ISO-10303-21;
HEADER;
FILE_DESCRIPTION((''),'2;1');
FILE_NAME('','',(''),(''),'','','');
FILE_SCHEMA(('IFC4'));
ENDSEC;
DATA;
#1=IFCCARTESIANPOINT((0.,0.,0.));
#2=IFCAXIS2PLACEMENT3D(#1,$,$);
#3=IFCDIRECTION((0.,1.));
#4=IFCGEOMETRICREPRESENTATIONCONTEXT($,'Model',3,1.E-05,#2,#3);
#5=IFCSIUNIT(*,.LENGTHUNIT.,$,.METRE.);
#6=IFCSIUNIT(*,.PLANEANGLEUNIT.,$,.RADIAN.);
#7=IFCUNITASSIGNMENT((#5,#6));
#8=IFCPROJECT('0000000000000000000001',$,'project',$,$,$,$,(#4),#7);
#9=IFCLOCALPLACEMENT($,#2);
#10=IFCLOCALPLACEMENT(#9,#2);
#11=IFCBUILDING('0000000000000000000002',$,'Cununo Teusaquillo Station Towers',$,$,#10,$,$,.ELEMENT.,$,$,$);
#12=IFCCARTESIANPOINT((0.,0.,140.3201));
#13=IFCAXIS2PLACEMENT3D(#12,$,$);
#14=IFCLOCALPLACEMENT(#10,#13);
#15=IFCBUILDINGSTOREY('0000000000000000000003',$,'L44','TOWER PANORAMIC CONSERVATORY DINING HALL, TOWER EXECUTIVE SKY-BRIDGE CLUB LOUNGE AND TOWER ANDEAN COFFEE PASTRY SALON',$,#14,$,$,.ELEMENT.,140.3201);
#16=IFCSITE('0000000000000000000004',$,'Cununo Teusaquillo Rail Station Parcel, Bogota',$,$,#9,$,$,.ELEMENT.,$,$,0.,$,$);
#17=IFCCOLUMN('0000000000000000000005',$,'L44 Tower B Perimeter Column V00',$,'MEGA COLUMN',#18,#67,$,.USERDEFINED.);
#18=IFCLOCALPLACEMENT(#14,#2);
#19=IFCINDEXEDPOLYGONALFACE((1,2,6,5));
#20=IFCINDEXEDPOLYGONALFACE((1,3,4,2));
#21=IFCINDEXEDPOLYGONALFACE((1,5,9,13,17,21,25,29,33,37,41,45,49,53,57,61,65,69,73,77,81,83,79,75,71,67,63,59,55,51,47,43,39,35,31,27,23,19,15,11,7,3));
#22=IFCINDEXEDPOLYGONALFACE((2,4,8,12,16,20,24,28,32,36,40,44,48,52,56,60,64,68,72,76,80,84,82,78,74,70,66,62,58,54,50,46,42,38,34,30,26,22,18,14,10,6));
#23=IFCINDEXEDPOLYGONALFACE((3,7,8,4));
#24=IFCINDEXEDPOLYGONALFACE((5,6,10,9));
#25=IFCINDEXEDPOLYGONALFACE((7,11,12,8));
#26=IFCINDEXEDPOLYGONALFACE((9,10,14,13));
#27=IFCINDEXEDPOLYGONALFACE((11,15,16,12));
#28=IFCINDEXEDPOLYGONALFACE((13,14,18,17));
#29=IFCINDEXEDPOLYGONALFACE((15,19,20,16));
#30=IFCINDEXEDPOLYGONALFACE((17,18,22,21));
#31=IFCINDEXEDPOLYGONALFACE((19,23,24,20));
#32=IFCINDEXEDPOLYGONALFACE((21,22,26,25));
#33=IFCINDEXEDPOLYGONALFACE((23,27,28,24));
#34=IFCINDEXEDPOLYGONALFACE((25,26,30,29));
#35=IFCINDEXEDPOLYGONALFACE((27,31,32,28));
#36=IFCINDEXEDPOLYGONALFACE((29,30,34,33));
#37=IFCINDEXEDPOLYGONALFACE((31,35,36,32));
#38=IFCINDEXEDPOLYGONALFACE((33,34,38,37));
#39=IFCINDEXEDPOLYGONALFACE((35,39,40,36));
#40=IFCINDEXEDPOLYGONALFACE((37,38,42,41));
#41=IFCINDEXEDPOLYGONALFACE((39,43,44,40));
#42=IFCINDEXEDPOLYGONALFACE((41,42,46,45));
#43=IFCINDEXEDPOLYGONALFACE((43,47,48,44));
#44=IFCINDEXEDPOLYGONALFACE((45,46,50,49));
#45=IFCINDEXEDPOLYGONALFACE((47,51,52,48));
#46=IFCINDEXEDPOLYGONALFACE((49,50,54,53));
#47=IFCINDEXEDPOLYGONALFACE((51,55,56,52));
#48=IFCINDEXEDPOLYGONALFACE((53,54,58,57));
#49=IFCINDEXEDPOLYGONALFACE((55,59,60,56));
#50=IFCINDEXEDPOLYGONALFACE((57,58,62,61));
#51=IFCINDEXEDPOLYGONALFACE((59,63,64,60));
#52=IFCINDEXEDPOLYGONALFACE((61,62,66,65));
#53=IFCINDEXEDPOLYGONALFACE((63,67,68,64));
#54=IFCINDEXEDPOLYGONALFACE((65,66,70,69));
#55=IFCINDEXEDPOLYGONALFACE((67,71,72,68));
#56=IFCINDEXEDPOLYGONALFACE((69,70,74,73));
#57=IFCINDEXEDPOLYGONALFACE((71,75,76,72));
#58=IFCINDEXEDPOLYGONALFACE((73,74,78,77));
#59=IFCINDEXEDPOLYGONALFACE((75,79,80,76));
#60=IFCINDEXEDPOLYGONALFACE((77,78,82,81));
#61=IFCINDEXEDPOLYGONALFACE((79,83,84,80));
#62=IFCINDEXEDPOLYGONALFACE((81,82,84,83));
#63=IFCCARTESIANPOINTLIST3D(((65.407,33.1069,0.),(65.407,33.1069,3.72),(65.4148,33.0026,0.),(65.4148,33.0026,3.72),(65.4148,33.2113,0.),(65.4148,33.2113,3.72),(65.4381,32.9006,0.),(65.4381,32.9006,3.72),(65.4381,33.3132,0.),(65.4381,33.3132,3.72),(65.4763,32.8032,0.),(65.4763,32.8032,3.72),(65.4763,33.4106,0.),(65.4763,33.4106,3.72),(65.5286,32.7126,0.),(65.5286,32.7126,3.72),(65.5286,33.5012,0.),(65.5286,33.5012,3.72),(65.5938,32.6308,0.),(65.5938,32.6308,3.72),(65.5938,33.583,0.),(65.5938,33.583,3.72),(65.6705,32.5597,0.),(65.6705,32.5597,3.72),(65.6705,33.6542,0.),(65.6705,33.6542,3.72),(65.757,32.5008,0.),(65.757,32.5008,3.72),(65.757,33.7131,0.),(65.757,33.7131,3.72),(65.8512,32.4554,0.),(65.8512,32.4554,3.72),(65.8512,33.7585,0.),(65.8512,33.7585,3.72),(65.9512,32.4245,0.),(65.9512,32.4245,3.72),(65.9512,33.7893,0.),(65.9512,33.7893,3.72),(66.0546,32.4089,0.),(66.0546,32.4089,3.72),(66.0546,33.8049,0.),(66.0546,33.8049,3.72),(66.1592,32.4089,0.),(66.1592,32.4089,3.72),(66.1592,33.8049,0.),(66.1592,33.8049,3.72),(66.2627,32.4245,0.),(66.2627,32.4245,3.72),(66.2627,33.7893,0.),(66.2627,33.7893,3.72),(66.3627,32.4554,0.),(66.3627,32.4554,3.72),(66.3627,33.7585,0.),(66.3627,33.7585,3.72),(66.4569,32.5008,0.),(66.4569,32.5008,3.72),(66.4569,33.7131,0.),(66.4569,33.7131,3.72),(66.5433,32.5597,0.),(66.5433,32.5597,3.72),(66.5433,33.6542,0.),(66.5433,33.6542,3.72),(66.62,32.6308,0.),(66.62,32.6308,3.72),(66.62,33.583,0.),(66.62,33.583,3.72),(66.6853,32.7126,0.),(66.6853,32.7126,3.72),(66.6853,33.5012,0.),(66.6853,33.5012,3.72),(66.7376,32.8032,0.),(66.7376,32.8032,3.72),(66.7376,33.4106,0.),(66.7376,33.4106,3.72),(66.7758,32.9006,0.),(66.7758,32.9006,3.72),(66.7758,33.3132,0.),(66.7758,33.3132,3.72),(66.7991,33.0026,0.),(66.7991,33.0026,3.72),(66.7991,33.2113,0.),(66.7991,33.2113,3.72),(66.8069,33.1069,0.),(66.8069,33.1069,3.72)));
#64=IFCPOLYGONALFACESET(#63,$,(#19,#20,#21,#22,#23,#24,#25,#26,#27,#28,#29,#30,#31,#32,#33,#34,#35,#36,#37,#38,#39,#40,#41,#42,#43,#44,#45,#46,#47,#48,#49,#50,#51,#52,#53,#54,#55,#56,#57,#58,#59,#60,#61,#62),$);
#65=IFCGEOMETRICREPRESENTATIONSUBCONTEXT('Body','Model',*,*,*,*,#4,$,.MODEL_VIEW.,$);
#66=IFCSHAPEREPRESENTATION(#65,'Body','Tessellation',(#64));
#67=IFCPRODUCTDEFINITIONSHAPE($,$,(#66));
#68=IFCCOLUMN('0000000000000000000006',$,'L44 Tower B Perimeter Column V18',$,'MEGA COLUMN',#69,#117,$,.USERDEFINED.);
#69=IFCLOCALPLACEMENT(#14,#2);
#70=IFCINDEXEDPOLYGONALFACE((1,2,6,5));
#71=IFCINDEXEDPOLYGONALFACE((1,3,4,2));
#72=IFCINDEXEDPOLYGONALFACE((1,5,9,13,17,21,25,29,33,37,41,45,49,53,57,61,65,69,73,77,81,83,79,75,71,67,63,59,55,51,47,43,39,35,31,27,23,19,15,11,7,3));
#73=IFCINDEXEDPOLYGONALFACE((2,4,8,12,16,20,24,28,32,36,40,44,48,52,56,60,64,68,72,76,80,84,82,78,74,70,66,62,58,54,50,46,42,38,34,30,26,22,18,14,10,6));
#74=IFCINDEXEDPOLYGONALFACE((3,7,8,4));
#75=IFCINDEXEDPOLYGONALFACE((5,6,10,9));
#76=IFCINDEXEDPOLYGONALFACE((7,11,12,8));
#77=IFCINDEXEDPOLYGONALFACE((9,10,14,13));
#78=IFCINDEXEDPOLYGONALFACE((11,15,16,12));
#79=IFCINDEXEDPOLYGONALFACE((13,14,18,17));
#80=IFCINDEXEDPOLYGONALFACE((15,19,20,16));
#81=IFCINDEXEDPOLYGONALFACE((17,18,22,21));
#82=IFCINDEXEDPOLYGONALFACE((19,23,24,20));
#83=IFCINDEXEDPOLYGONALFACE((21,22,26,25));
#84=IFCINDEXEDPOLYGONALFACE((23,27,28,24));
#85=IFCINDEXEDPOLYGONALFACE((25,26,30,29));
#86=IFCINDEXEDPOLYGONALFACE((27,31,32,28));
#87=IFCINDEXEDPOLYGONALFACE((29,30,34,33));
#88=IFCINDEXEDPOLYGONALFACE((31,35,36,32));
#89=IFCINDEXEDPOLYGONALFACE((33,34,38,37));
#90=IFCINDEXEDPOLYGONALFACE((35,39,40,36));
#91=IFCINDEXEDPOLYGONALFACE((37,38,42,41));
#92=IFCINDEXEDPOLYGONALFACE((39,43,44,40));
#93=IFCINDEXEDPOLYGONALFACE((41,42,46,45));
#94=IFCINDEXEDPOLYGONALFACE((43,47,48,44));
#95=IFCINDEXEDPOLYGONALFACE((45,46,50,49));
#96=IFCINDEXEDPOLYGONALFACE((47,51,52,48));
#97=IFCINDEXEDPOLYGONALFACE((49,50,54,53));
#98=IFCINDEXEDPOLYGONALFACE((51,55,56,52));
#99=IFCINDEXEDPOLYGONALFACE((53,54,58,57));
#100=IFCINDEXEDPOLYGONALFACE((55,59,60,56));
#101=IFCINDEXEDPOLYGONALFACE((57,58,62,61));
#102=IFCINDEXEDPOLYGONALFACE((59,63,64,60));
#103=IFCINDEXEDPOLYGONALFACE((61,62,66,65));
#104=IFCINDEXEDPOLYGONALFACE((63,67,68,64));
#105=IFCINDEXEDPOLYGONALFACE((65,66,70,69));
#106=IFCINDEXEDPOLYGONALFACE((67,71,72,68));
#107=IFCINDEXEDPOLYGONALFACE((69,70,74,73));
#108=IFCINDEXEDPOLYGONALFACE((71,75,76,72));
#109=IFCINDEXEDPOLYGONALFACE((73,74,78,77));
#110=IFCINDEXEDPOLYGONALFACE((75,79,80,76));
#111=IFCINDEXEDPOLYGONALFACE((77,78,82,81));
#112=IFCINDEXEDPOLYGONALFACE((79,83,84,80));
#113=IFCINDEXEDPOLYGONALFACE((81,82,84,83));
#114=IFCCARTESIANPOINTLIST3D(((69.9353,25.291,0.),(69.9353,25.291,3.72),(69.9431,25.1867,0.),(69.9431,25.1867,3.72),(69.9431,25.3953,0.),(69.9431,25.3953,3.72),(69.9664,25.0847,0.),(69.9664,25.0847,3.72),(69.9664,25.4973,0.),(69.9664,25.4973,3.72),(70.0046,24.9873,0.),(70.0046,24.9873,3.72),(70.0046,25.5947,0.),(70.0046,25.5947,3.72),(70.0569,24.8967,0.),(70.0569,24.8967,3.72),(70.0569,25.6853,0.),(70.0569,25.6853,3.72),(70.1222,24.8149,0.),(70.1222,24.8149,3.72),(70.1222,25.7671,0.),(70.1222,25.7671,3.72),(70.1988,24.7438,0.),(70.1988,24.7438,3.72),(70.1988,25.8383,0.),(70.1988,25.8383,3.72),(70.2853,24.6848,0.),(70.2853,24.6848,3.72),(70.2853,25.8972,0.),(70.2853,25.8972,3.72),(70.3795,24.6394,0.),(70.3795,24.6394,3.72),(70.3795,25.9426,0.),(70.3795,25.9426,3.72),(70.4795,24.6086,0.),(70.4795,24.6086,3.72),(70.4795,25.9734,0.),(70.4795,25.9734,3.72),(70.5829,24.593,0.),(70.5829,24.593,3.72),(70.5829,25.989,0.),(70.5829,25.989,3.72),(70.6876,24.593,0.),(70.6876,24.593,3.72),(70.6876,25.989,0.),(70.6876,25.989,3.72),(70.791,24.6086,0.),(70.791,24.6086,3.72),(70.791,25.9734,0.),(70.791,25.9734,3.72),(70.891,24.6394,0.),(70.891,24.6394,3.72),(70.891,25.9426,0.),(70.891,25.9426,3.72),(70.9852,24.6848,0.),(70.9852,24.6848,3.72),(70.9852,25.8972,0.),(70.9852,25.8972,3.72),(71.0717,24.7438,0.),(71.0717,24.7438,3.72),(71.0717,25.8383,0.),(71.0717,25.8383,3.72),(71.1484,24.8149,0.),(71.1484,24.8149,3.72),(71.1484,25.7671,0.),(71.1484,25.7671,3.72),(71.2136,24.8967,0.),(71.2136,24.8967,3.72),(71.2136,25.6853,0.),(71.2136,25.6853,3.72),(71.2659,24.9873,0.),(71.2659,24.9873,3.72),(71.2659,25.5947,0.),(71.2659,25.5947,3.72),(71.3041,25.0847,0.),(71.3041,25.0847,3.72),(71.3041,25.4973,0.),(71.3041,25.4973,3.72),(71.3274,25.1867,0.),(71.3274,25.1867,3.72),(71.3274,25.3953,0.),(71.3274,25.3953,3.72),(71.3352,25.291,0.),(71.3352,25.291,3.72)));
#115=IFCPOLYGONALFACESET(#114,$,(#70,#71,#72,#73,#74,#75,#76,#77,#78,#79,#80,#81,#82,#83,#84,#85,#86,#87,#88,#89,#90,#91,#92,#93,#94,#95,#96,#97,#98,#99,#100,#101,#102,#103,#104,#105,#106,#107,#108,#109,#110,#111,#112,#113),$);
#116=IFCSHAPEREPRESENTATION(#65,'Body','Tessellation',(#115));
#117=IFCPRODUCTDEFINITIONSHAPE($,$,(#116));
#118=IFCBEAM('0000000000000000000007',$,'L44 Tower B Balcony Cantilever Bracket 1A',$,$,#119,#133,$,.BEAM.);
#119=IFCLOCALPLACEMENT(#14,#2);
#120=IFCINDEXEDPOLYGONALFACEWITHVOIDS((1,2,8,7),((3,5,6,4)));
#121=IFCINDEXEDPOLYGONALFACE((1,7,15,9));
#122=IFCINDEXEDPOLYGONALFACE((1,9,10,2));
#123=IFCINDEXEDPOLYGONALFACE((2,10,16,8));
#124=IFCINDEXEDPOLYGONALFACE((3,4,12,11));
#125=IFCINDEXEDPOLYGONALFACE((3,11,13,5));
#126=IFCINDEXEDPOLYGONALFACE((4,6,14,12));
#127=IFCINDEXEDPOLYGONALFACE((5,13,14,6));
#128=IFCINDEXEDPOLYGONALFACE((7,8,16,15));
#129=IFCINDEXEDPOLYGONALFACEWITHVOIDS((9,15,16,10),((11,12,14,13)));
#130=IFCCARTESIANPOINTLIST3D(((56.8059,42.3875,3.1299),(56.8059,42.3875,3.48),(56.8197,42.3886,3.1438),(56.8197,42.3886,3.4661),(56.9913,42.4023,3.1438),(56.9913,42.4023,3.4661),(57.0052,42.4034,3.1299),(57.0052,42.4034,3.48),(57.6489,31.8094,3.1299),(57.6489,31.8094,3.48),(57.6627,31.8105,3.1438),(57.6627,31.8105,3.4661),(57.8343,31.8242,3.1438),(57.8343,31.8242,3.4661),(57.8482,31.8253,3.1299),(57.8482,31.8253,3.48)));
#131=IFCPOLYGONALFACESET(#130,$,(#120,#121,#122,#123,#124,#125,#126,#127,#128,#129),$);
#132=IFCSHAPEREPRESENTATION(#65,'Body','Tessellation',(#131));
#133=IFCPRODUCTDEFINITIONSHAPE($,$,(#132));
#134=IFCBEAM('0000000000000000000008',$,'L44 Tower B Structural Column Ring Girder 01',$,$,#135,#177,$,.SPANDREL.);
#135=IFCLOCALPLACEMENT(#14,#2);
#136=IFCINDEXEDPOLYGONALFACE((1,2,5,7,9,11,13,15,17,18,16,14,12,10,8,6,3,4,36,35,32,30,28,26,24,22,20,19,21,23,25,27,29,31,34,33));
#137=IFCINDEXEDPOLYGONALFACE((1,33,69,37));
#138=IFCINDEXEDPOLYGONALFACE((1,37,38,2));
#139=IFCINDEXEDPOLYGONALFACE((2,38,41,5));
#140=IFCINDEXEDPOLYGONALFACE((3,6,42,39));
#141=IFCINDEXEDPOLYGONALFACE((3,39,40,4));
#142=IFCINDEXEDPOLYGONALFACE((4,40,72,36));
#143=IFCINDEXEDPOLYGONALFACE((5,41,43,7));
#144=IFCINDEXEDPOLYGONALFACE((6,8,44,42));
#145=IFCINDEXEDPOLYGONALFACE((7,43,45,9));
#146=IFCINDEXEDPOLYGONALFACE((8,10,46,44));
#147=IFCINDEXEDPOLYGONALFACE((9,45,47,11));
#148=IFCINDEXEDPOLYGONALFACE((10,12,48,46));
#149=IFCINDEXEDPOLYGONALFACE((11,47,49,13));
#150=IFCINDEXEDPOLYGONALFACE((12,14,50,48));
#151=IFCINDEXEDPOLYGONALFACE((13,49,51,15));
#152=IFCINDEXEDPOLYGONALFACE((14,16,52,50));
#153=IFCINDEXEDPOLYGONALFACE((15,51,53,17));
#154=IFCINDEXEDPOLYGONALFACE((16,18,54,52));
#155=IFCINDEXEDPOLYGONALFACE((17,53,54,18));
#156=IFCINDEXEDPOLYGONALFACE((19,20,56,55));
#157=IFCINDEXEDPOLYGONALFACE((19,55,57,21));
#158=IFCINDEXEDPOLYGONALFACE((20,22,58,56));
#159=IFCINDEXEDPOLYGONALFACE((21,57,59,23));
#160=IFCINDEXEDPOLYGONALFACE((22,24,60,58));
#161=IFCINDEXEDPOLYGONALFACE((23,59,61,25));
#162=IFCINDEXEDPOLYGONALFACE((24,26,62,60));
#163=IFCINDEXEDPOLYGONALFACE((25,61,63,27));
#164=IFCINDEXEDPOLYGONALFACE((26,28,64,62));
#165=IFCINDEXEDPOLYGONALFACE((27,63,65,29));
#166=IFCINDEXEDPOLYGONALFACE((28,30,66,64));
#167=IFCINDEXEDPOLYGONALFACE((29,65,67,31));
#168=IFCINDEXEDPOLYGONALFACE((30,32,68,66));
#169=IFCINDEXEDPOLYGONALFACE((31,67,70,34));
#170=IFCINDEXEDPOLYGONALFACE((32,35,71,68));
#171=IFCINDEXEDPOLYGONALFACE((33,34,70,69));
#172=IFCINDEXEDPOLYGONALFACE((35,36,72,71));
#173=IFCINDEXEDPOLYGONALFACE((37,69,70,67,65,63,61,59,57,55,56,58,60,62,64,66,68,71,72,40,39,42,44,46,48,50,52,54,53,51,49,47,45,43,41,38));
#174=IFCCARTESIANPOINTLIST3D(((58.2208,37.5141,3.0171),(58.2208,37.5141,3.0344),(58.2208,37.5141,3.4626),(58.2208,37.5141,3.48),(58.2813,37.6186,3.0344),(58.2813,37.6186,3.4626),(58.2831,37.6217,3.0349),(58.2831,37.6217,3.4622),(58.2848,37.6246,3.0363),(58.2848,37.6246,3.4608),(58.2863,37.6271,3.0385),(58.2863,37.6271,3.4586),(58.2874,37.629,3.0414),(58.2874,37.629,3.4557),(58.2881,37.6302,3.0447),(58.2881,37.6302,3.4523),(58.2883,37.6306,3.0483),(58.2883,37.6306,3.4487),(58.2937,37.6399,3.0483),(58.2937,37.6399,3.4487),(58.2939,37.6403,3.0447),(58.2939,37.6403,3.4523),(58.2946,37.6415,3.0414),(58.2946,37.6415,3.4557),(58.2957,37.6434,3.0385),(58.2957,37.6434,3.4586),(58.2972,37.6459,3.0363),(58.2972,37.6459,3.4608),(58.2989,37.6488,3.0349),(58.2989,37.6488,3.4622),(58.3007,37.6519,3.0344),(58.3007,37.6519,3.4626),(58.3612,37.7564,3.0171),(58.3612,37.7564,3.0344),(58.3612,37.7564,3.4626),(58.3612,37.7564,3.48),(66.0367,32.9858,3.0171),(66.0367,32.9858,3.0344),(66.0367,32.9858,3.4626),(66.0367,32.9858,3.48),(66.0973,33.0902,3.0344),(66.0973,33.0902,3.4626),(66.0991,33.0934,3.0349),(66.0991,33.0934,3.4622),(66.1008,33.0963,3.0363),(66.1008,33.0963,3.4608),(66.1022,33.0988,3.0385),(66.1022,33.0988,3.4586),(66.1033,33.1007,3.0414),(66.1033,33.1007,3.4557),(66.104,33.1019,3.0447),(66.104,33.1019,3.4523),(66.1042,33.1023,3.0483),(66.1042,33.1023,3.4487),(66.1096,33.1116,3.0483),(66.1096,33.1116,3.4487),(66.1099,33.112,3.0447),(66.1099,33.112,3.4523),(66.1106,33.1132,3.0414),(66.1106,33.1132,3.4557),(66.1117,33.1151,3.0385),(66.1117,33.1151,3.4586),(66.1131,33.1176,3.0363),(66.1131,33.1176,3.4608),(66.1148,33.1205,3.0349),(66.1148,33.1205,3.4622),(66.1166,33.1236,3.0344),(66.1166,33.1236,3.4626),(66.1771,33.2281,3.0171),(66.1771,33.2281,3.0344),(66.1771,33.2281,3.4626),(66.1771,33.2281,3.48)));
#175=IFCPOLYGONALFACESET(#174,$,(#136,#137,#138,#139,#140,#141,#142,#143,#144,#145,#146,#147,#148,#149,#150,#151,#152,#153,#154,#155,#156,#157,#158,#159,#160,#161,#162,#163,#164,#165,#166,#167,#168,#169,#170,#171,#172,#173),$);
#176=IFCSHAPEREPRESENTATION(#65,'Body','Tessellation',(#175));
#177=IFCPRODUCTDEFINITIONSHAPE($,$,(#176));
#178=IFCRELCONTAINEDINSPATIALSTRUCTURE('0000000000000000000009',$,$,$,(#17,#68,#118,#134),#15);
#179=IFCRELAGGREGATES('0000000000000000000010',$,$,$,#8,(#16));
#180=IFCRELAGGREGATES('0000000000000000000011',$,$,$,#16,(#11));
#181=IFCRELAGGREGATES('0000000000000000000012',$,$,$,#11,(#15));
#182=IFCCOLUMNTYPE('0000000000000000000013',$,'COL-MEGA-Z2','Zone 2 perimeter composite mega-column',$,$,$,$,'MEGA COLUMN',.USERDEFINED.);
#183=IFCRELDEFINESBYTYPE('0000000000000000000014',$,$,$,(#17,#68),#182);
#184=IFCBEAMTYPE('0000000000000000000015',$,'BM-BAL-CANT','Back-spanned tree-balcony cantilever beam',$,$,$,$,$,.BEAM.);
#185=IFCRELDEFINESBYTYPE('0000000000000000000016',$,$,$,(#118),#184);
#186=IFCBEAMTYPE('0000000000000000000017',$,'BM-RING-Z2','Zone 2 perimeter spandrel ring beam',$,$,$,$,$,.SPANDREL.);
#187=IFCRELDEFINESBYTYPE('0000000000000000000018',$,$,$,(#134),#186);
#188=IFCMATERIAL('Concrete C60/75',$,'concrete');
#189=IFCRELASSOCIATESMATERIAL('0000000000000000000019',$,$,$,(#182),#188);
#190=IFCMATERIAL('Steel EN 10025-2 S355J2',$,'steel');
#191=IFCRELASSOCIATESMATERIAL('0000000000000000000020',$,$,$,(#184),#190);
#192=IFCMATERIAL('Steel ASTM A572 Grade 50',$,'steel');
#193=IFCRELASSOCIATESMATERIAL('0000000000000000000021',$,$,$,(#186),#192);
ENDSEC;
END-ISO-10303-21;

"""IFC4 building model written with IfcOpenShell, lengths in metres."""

from ifc_helpers import new_model, si_unit, direction, frame, origin, origin_2d, place, context, subcontext, project, spatial, hollow_rectangle, circle, i_section, extrude, material, material_profile, profile_set, type_object, element, save


model = new_model("IFC4")

# Units and contexts
model_context = context("Model", 3, precision=1e-05, world=origin(), true_north=direction((0.0, 1.0)))
body_context = subcontext(model_context, "Body", "Model", "MODEL_VIEW")
ifc_project = project(units=[si_unit("LENGTHUNIT", "METRE"), si_unit("PLANEANGLEUNIT", "RADIAN")], contexts=[model_context])

# Site, building, storey
site_placement = place(None, origin())
site = spatial("IfcSite", under=ifc_project, at=site_placement, Name="Cununo Teusaquillo Rail Station Parcel, Bogota", CompositionType="ELEMENT", RefElevation=0.0)
building_placement = place(site_placement, origin())
building = spatial("IfcBuilding", under=site, at=building_placement, Name="Cununo Teusaquillo Station Towers", CompositionType="ELEMENT")
storey_placement = place(building_placement, frame((0.0, 0.0, 140.3201)))
storey = spatial("IfcBuildingStorey", under=building, at=storey_placement, Name="L44", Description="TOWER PANORAMIC CONSERVATORY DINING HALL, TOWER EXECUTIVE SKY-BRIDGE CLUB LOUNGE AND TOWER ANDEAN COFFEE PASTRY SALON", CompositionType="ELEMENT", Elevation=140.3201)

# Columns
ifc_material_1 = material(Name="Concrete C60/75", Category="concrete")
ifc_material_profile_1 = material_profile(ifc_material_1, circle(Radius=0.7, at=origin_2d()), Name="RC-CIRC-1400")
ifc_profile_set_1 = profile_set([ifc_material_profile_1], Name="Concrete C60/75")
column_type = type_object("IfcColumnType", Name="COL-MEGA-Z2", Description="Zone 2 perimeter composite mega-column", ElementType="MEGA COLUMN", PredefinedType="USERDEFINED", material=ifc_profile_set_1)
for number, where, z_axis, x_axis, name in (
    (1, (66.1069, 33.1069, 0.0), (0.0, 0.0, 1.0), (1.0, 0.0, 0.0), "L44 Tower B Perimeter Column V00"),
    (2, (70.6353, 25.291, 0.0), (0.0, 0.0, 1.0), (1.0, 0.0, 0.0), "L44 Tower B Perimeter Column V18"),
):
    element("IfcColumn", number, at=place(storey_placement, frame(where, z_axis=z_axis, x_axis=x_axis)), inside=storey, type_object=column_type, Name=name, ObjectType="MEGA COLUMN", PredefinedType="USERDEFINED", context=body_context, shape_type="SweptSolid", body=[
        extrude(circle(Radius=0.7, at=origin_2d()), origin(), (0.0, 0.0, 1.0), 3.72),
    ])

# Beams
ifc_material_2 = material(Name="Steel EN 10025-2 S355J2", Category="steel")
ifc_material_profile_2 = material_profile(ifc_material_2, hollow_rectangle(XDim=0.2, YDim=0.3501, WallThickness=0.0139, at=origin_2d()), Name="RHS 350x200x14")
ifc_profile_set_2 = profile_set([ifc_material_profile_2], Name="Steel EN 10025-2 S355J2")
beam_type_1 = type_object("IfcBeamType", Name="BM-BAL-CANT", Description="Back-spanned tree-balcony cantilever beam", PredefinedType="BEAM", material=ifc_profile_set_2)
beam_1_placement = place(storey_placement, frame((57.7485, 31.8174, 3.3049), z_axis=(-0.079443, 0.996839, 0.0), x_axis=(-0.996839, -0.079443, 0.0)))
element("IfcBeam", 3, at=beam_1_placement, inside=storey, type_object=beam_type_1, Name="L44 Tower B Balcony Cantilever Bracket 1A", PredefinedType="BEAM", context=body_context, shape_type="SweptSolid", body=[
    extrude(hollow_rectangle(XDim=0.2, YDim=0.3501, WallThickness=0.0139, at=origin_2d()), origin(), (0.0, 0.0, 1.0), 10.6116),
])
ifc_material_3 = material(Name="Steel ASTM A572 Grade 50", Category="steel")
ifc_material_profile_3 = material_profile(ifc_material_3, i_section(OverallWidth=0.28, OverallDepth=0.4629, WebThickness=0.0107, FlangeThickness=0.0173, FilletRadius=0.0139, at=origin_2d()), Name="W18X76")
ifc_profile_set_3 = profile_set([ifc_material_profile_3], Name="Steel ASTM A572 Grade 50")
beam_type_2 = type_object("IfcBeamType", Name="BM-RING-Z2", Description="Zone 2 perimeter spandrel ring beam", PredefinedType="SPANDREL", material=ifc_profile_set_3)
for number, where, z_axis, x_axis, name in (
    (4, (66.1069, 33.1069, 3.2485), (-0.865267, 0.501311, 0.0), (-0.501311, -0.865267, 0.0), "L44 Tower B Structural Column Ring Girder 01"),
):
    element("IfcBeam", number, at=place(storey_placement, frame(where, z_axis=z_axis, x_axis=x_axis)), inside=storey, type_object=beam_type_2, Name=name, PredefinedType="SPANDREL", context=body_context, shape_type="SweptSolid", body=[
        extrude(i_section(OverallWidth=0.28, OverallDepth=0.4629, WebThickness=0.0107, FlangeThickness=0.0173, FilletRadius=0.0139, at=origin_2d()), origin(), (0.0, 0.0, 1.0), 9.033),
    ])

save(model, "model.ifc")
